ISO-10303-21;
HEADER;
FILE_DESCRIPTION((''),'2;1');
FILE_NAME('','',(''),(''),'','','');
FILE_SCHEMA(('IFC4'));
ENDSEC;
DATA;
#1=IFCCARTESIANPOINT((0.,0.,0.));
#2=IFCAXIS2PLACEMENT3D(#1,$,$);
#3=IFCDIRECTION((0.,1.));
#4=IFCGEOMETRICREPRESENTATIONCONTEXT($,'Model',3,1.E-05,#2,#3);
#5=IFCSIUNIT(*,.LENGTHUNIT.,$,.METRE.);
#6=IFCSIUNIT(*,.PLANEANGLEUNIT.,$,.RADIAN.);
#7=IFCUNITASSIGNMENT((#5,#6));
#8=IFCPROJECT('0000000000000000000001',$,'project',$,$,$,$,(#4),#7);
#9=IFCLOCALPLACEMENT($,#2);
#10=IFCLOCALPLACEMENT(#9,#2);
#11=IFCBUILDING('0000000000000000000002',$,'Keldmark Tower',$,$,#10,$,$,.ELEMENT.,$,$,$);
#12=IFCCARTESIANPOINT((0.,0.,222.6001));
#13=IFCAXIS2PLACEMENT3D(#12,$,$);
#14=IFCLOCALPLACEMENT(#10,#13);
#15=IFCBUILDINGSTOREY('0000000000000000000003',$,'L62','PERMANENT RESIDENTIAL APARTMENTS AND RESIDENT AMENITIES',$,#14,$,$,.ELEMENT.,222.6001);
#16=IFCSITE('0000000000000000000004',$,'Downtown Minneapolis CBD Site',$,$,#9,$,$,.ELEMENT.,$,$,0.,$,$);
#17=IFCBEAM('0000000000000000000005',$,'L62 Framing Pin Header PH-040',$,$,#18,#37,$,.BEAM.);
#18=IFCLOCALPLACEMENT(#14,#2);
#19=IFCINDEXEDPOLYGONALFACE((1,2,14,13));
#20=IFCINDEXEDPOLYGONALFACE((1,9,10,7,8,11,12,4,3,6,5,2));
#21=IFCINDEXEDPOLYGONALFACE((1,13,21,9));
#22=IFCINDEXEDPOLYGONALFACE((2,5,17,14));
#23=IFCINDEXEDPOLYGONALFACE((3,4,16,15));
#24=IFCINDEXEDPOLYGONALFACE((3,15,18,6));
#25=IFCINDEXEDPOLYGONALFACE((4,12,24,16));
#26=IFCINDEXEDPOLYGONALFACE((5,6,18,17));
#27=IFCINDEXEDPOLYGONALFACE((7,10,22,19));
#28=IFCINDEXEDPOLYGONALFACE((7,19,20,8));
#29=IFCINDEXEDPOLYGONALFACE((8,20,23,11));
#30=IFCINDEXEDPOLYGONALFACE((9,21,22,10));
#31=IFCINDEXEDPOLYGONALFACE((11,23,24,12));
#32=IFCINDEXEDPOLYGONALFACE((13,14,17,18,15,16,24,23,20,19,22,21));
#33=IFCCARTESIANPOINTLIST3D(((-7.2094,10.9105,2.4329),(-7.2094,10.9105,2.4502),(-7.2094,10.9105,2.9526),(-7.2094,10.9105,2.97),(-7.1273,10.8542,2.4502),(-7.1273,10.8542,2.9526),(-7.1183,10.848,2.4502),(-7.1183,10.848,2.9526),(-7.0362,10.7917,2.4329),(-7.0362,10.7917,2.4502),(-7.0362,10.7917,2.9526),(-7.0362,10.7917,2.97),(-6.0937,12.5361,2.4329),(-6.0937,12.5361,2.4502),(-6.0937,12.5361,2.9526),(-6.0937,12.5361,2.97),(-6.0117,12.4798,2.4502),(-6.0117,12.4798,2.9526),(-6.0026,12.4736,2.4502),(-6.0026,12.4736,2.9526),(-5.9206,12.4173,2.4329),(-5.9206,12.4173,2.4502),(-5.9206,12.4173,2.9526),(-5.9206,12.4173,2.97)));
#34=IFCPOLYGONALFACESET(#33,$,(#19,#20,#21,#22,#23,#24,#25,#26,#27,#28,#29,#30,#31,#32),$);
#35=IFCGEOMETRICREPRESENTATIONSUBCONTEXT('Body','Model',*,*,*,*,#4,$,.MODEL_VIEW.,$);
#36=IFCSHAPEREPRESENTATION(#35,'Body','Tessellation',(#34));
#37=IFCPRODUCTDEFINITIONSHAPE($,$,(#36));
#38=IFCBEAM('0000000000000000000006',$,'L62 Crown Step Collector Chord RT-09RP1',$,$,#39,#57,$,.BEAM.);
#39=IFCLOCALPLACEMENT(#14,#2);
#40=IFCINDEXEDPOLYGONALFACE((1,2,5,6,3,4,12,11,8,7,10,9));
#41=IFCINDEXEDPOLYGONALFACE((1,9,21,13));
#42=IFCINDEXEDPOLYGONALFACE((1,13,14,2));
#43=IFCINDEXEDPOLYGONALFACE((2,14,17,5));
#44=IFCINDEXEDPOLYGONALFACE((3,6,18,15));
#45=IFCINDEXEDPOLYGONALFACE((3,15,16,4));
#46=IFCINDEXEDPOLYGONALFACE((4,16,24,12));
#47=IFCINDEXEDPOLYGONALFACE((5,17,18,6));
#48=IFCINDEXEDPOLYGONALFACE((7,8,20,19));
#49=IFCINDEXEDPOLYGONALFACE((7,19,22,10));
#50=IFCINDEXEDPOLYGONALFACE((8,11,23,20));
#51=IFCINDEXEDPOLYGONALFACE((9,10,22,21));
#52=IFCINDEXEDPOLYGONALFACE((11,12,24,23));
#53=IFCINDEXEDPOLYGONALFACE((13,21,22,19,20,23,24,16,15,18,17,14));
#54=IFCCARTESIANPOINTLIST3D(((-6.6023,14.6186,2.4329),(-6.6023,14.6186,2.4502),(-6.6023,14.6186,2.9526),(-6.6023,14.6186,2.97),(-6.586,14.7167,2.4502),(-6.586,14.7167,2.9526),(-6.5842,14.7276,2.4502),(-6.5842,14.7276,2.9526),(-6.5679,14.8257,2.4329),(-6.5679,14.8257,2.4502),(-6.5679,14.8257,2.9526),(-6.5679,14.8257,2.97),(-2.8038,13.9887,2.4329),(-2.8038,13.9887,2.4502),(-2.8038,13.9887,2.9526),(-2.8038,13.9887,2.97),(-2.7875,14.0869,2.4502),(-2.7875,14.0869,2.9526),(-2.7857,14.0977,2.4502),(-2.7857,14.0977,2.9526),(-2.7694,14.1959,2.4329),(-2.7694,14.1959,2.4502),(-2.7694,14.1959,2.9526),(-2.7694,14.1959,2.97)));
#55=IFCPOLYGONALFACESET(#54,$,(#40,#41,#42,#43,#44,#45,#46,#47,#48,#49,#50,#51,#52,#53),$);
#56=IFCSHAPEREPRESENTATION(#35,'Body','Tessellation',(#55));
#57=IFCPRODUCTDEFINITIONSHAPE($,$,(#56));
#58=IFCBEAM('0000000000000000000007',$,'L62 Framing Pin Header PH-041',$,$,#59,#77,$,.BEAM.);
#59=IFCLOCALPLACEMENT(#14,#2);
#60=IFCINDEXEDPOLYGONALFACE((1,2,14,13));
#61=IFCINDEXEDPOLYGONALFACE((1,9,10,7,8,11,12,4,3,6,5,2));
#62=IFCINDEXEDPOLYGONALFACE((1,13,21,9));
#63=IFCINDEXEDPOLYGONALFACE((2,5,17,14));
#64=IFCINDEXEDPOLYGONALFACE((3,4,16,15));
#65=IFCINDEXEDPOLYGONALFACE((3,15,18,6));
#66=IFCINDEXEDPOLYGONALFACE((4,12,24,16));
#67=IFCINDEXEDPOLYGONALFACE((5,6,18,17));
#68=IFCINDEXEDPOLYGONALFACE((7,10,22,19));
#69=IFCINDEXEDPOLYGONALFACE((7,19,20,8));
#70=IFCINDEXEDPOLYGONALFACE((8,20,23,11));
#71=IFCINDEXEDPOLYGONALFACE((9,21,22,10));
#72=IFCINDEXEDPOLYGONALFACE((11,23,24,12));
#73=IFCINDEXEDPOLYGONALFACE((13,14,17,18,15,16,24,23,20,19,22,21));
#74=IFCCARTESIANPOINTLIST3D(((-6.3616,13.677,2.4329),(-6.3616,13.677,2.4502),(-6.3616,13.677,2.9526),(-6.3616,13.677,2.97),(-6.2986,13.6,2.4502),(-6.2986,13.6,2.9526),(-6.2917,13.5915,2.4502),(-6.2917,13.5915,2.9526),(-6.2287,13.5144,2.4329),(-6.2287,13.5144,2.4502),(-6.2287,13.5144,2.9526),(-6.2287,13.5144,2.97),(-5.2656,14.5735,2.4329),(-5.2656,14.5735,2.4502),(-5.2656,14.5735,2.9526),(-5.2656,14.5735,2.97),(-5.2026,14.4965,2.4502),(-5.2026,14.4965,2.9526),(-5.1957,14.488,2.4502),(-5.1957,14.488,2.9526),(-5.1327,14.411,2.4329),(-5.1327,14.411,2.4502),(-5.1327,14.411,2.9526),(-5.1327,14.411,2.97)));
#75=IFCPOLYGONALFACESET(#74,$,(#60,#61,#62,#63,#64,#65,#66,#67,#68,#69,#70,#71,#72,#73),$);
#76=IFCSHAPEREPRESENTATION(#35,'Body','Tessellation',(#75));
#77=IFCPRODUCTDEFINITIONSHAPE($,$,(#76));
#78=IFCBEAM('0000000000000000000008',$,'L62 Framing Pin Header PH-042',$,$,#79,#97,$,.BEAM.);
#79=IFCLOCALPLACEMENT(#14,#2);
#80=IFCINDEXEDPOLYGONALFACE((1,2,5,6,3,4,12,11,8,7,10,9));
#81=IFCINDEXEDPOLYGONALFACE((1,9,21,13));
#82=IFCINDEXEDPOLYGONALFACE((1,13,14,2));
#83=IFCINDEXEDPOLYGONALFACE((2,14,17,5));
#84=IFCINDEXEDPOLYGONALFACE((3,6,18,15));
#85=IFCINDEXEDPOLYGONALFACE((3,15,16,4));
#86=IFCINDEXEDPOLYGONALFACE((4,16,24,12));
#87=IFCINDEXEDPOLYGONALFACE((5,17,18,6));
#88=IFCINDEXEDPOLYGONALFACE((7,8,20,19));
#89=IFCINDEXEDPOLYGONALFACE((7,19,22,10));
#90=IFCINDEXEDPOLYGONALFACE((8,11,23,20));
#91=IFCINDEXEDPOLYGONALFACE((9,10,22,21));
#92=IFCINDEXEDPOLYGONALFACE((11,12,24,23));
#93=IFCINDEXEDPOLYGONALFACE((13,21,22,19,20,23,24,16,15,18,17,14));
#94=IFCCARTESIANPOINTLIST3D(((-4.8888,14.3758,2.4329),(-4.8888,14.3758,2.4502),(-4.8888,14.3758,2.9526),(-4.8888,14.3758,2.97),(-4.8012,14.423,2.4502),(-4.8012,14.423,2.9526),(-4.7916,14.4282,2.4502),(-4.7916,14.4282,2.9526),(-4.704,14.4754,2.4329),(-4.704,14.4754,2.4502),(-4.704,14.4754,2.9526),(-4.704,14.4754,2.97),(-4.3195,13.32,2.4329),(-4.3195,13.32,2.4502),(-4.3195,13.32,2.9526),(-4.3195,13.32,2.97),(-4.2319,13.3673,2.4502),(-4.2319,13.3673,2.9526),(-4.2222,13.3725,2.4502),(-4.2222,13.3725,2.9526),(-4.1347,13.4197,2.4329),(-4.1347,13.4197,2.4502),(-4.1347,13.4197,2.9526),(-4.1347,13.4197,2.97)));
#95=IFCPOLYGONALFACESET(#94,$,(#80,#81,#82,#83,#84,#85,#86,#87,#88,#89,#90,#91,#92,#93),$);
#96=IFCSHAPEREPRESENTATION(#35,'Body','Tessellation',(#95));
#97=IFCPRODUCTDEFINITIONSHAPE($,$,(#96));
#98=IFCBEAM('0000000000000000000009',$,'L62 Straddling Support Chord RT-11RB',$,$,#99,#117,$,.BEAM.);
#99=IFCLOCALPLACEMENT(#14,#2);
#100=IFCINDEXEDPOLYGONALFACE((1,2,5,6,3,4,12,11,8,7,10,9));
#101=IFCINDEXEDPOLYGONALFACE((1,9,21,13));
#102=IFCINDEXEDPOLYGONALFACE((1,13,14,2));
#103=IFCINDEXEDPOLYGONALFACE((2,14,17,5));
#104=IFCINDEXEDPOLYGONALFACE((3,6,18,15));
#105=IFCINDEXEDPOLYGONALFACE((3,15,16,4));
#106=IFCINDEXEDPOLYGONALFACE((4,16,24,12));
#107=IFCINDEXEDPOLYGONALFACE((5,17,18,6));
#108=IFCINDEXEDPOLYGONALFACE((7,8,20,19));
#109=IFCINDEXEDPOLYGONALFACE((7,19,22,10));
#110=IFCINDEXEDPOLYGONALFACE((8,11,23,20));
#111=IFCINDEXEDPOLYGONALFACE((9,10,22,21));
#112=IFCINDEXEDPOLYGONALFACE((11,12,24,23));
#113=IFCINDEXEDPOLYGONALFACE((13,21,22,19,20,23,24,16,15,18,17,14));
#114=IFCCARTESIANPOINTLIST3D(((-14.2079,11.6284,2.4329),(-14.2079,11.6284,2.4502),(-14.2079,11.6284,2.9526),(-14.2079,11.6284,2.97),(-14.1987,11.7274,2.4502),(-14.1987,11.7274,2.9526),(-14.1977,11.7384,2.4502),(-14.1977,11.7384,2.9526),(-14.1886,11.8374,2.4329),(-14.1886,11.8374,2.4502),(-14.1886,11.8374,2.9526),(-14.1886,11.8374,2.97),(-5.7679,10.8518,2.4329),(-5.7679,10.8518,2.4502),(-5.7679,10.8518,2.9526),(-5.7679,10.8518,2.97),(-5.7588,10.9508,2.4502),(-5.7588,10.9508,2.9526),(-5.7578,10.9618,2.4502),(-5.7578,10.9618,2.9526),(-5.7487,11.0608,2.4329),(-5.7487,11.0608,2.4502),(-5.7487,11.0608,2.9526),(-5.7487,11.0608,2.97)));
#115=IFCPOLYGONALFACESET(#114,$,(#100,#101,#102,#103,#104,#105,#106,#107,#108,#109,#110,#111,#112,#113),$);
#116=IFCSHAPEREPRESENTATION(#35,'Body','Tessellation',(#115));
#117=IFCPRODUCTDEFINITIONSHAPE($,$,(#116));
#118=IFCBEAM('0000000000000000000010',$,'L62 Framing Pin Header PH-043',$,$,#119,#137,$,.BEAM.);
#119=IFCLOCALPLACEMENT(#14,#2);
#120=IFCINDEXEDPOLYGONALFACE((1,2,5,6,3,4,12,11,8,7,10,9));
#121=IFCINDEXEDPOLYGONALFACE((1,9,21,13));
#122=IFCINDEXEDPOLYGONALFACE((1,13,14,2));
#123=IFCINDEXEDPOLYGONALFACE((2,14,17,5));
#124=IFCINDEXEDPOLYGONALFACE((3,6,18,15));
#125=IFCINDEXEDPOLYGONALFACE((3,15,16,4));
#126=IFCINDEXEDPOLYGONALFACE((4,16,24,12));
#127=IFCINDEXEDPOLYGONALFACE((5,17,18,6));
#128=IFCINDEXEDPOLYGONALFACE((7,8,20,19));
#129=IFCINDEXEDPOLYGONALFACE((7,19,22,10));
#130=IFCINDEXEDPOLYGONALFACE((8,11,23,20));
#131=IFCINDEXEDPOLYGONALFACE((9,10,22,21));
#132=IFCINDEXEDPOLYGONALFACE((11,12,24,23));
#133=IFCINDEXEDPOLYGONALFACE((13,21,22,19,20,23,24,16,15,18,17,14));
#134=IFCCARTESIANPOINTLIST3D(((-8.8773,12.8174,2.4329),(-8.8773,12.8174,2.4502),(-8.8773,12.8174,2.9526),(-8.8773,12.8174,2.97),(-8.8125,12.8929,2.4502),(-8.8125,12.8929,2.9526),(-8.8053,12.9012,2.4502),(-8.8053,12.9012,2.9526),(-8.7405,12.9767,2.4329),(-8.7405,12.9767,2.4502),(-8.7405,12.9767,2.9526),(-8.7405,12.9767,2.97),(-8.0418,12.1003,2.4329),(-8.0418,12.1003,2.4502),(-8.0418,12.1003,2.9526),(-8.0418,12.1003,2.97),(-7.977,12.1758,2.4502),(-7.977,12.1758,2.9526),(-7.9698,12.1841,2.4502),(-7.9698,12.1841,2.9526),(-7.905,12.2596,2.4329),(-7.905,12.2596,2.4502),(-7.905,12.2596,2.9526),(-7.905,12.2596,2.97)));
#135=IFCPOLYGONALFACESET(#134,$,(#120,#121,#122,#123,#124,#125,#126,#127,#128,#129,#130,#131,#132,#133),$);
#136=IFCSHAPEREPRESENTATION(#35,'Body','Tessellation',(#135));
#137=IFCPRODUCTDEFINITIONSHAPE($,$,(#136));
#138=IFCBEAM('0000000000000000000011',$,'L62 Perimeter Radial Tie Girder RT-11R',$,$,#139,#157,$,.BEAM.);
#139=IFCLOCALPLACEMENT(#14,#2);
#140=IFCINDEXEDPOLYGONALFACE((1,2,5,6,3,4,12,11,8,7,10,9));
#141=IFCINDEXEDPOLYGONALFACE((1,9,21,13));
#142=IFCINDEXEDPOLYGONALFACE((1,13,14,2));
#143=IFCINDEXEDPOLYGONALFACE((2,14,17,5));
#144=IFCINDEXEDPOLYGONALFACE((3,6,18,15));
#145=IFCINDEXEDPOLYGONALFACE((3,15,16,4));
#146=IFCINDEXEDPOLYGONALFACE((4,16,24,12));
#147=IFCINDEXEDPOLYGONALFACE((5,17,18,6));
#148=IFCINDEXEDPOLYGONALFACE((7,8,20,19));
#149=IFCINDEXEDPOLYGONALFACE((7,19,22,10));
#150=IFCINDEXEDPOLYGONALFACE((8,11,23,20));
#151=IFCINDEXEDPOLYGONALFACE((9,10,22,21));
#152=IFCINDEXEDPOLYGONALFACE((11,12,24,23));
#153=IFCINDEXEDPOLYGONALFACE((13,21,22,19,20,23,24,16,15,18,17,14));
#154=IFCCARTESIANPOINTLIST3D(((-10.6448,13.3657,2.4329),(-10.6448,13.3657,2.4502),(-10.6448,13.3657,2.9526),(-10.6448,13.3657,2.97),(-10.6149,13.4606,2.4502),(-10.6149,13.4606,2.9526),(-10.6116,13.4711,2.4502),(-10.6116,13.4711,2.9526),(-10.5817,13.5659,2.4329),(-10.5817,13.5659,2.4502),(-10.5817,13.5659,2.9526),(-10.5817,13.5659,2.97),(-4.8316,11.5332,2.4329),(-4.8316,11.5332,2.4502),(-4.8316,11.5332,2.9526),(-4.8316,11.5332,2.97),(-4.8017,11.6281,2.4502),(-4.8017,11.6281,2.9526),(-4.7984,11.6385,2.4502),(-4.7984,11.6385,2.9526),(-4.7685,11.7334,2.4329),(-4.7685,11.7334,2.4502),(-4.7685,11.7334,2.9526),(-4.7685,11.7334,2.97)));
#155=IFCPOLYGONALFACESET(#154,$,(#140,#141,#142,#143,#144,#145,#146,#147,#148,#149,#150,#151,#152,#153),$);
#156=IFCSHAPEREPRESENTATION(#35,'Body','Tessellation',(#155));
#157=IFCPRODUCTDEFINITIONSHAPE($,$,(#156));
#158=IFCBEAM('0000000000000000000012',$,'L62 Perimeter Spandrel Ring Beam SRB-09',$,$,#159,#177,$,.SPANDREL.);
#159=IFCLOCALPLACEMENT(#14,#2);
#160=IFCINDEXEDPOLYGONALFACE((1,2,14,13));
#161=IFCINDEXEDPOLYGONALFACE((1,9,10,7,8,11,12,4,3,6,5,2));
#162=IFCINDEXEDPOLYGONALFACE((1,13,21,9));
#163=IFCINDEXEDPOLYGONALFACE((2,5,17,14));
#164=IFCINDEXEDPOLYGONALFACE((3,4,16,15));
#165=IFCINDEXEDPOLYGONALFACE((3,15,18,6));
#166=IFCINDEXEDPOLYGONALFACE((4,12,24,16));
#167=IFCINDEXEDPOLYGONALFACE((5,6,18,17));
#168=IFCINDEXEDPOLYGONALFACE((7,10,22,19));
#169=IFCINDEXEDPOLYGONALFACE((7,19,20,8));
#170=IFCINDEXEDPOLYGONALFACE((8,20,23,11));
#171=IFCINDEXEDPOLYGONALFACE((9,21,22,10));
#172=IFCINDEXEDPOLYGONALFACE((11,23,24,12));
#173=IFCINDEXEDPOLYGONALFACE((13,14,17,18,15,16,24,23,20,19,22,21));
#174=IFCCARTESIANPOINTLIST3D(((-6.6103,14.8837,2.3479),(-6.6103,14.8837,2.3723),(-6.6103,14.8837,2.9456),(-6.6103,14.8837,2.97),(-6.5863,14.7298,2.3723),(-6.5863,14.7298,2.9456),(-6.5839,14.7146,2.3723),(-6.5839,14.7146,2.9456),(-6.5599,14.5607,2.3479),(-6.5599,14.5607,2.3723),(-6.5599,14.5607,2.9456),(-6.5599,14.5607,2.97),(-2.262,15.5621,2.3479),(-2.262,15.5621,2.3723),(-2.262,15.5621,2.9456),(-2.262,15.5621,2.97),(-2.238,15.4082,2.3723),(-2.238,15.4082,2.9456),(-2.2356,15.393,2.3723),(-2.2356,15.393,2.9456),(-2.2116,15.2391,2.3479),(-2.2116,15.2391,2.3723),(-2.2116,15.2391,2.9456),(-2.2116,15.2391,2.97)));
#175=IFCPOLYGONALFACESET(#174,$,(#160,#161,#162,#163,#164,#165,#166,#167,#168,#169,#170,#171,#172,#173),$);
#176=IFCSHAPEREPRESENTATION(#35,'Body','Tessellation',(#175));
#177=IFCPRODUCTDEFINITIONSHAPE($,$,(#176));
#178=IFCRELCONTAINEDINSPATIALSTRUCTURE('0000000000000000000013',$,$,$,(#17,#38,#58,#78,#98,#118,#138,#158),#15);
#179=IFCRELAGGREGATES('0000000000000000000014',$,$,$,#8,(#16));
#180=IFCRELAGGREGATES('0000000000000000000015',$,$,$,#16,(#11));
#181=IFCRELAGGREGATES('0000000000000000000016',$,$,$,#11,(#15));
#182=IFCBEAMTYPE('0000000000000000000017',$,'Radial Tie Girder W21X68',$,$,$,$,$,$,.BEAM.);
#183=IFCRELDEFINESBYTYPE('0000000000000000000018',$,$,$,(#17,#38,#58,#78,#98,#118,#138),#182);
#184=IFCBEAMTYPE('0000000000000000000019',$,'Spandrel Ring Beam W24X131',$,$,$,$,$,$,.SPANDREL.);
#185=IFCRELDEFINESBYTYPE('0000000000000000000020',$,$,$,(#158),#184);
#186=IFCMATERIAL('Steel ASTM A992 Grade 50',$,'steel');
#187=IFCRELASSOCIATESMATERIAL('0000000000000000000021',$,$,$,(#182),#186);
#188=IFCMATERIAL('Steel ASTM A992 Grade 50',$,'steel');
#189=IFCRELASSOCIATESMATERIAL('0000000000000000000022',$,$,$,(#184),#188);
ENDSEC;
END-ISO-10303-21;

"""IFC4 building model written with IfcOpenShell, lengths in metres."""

from ifc_helpers import new_model, si_unit, direction, frame, origin, origin_2d, place, context, subcontext, project, spatial, i_section, extrude, material, material_profile, profile_set, type_object, element, save


model = new_model("IFC4")

# Units and contexts
model_context = context("Model", 3, precision=1e-05, world=origin(), true_north=direction((0.0, 1.0)))
body_context = subcontext(model_context, "Body", "Model", "MODEL_VIEW")
ifc_project = project(units=[si_unit("LENGTHUNIT", "METRE"), si_unit("PLANEANGLEUNIT", "RADIAN")], contexts=[model_context])

# Site, building, storey
site_placement = place(None, origin())
site = spatial("IfcSite", under=ifc_project, at=site_placement, Name="Downtown Minneapolis CBD Site", CompositionType="ELEMENT", RefElevation=0.0)
building_placement = place(site_placement, origin())
building = spatial("IfcBuilding", under=site, at=building_placement, Name="Keldmark Tower", CompositionType="ELEMENT")
storey_placement = place(building_placement, frame((0.0, 0.0, 222.6001)))
storey = spatial("IfcBuildingStorey", under=building, at=storey_placement, Name="L62", Description="PERMANENT RESIDENTIAL APARTMENTS AND RESIDENT AMENITIES", CompositionType="ELEMENT", Elevation=222.6001)

# Beams
ifc_material_1 = material(Name="Steel ASTM A992 Grade 50", Category="steel")
ifc_material_profile_1 = material_profile(ifc_material_1, i_section(OverallWidth=0.21, OverallDepth=0.5371, WebThickness=0.011, FlangeThickness=0.0173, at=origin_2d()), Name="W21X68")
ifc_profile_set_1 = profile_set([ifc_material_profile_1], Name="Steel ASTM A992 Grade 50")
beam_type_1 = type_object("IfcBeamType", Name="Radial Tie Girder W21X68", PredefinedType="BEAM", material=ifc_profile_set_1)
beam_1_placement = place(storey_placement, frame((-7.1228, 10.8511, 2.7014), z_axis=(0.565851, 0.824508, 0.0), x_axis=(-0.824508, 0.565851, 0.0)))
element("IfcBeam", 1, at=beam_1_placement, inside=storey, type_object=beam_type_1, Name="L62 Framing Pin Header PH-040", PredefinedType="BEAM", context=body_context, shape_type="SweptSolid", body=[
    extrude(i_section(OverallWidth=0.21, OverallDepth=0.5371, WebThickness=0.011, FlangeThickness=0.0173, at=origin_2d()), origin(), (0.0, 0.0, 1.0), 1.9717),
])
beam_2_placement = place(storey_placement, frame((-2.7866, 14.0923, 2.7014), z_axis=(-0.986529, 0.163587, 0.0), x_axis=(-0.163587, -0.986529, 0.0)))
element("IfcBeam", 2, at=beam_2_placement, inside=storey, type_object=beam_type_1, Name="L62 Crown Step Collector Chord RT-09RP1", PredefinedType="BEAM", context=body_context, shape_type="SweptSolid", body=[
    extrude(i_section(OverallWidth=0.21, OverallDepth=0.5371, WebThickness=0.011, FlangeThickness=0.0173, at=origin_2d()), origin(), (0.0, 0.0, 1.0), 3.8503),
])
beam_3_placement = place(storey_placement, frame((-6.2952, 13.5957, 2.7014), z_axis=(0.774026, 0.633153, 0.0), x_axis=(-0.633153, 0.774026, 0.0)))
element("IfcBeam", 3, at=beam_3_placement, inside=storey, type_object=beam_type_1, Name="L62 Framing Pin Header PH-041", PredefinedType="BEAM", context=body_context, shape_type="SweptSolid", body=[
    extrude(i_section(OverallWidth=0.21, OverallDepth=0.5371, WebThickness=0.011, FlangeThickness=0.0173, at=origin_2d()), origin(), (0.0, 0.0, 1.0), 1.416),
])
beam_4_placement = place(storey_placement, frame((-4.2271, 13.3699, 2.7014), z_axis=(-0.474682, 0.880157, 0.0), x_axis=(-0.880157, -0.474682, 0.0)))
element("IfcBeam", 4, at=beam_4_placement, inside=storey, type_object=beam_type_1, Name="L62 Framing Pin Header PH-042", PredefinedType="BEAM", context=body_context, shape_type="SweptSolid", body=[
    extrude(i_section(OverallWidth=0.21, OverallDepth=0.5371, WebThickness=0.011, FlangeThickness=0.0173, at=origin_2d()), origin(), (0.0, 0.0, 1.0), 1.1995),
])
beam_5_placement = place(storey_placement, frame((-5.7583, 10.9563, 2.7014), z_axis=(-0.995793, 0.091629, 0.0), x_axis=(-0.091629, -0.995793, 0.0)))
element("IfcBeam", 5, at=beam_5_placement, inside=storey, type_object=beam_type_1, Name="L62 Straddling Support Chord RT-11RB", PredefinedType="BEAM", context=body_context, shape_type="SweptSolid", body=[
    extrude(i_section(OverallWidth=0.21, OverallDepth=0.5371, WebThickness=0.011, FlangeThickness=0.0173, at=origin_2d()), origin(), (0.0, 0.0, 1.0), 8.4756),
])
beam_6_placement = place(storey_placement, frame((-7.9734, 12.1799, 2.7014), z_axis=(-0.758834, 0.651284, 0.0), x_axis=(-0.651284, -0.758834, 0.0)))
element("IfcBeam", 6, at=beam_6_placement, inside=storey, type_object=beam_type_1, Name="L62 Framing Pin Header PH-043", PredefinedType="BEAM", context=body_context, shape_type="SweptSolid", body=[
    extrude(i_section(OverallWidth=0.21, OverallDepth=0.5371, WebThickness=0.011, FlangeThickness=0.0173, at=origin_2d()), origin(), (0.0, 0.0, 1.0), 1.1011),
])
beam_7_placement = place(storey_placement, frame((-4.8, 11.6333, 2.7014), z_axis=(-0.953735, 0.300648, 0.0), x_axis=(-0.300648, -0.953735, 0.0)))
element("IfcBeam", 7, at=beam_7_placement, inside=storey, type_object=beam_type_1, Name="L62 Perimeter Radial Tie Girder RT-11R", PredefinedType="BEAM", context=body_context, shape_type="SweptSolid", body=[
    extrude(i_section(OverallWidth=0.21, OverallDepth=0.5371, WebThickness=0.011, FlangeThickness=0.0173, at=origin_2d()), origin(), (0.0, 0.0, 1.0), 6.0952),
])
ifc_material_2 = material(Name="Steel ASTM A992 Grade 50", Category="steel")
ifc_material_profile_2 = material_profile(ifc_material_2, i_section(OverallWidth=0.3269, OverallDepth=0.6221, WebThickness=0.0154, FlangeThickness=0.0244, at=origin_2d()), Name="W24X131")
ifc_profile_set_2 = profile_set([ifc_material_profile_2], Name="Steel ASTM A992 Grade 50")
beam_type_2 = type_object("IfcBeamType", Name="Spandrel Ring Beam W24X131", PredefinedType="SPANDREL", material=ifc_profile_set_2)
beam_8_placement = place(storey_placement, frame((-2.2368, 15.4006, 2.6589), z_axis=(-0.988046, -0.154162, 0.0), x_axis=(0.154162, -0.988046, 0.0)))
element("IfcBeam", 8, at=beam_8_placement, inside=storey, type_object=beam_type_2, Name="L62 Perimeter Spandrel Ring Beam SRB-09", PredefinedType="SPANDREL", context=body_context, shape_type="SweptSolid", body=[
    extrude(i_section(OverallWidth=0.3269, OverallDepth=0.6221, WebThickness=0.0154, FlangeThickness=0.0244, at=origin_2d()), origin(), (0.0, 0.0, 1.0), 4.4009),
])

save(model, "model.ifc")
